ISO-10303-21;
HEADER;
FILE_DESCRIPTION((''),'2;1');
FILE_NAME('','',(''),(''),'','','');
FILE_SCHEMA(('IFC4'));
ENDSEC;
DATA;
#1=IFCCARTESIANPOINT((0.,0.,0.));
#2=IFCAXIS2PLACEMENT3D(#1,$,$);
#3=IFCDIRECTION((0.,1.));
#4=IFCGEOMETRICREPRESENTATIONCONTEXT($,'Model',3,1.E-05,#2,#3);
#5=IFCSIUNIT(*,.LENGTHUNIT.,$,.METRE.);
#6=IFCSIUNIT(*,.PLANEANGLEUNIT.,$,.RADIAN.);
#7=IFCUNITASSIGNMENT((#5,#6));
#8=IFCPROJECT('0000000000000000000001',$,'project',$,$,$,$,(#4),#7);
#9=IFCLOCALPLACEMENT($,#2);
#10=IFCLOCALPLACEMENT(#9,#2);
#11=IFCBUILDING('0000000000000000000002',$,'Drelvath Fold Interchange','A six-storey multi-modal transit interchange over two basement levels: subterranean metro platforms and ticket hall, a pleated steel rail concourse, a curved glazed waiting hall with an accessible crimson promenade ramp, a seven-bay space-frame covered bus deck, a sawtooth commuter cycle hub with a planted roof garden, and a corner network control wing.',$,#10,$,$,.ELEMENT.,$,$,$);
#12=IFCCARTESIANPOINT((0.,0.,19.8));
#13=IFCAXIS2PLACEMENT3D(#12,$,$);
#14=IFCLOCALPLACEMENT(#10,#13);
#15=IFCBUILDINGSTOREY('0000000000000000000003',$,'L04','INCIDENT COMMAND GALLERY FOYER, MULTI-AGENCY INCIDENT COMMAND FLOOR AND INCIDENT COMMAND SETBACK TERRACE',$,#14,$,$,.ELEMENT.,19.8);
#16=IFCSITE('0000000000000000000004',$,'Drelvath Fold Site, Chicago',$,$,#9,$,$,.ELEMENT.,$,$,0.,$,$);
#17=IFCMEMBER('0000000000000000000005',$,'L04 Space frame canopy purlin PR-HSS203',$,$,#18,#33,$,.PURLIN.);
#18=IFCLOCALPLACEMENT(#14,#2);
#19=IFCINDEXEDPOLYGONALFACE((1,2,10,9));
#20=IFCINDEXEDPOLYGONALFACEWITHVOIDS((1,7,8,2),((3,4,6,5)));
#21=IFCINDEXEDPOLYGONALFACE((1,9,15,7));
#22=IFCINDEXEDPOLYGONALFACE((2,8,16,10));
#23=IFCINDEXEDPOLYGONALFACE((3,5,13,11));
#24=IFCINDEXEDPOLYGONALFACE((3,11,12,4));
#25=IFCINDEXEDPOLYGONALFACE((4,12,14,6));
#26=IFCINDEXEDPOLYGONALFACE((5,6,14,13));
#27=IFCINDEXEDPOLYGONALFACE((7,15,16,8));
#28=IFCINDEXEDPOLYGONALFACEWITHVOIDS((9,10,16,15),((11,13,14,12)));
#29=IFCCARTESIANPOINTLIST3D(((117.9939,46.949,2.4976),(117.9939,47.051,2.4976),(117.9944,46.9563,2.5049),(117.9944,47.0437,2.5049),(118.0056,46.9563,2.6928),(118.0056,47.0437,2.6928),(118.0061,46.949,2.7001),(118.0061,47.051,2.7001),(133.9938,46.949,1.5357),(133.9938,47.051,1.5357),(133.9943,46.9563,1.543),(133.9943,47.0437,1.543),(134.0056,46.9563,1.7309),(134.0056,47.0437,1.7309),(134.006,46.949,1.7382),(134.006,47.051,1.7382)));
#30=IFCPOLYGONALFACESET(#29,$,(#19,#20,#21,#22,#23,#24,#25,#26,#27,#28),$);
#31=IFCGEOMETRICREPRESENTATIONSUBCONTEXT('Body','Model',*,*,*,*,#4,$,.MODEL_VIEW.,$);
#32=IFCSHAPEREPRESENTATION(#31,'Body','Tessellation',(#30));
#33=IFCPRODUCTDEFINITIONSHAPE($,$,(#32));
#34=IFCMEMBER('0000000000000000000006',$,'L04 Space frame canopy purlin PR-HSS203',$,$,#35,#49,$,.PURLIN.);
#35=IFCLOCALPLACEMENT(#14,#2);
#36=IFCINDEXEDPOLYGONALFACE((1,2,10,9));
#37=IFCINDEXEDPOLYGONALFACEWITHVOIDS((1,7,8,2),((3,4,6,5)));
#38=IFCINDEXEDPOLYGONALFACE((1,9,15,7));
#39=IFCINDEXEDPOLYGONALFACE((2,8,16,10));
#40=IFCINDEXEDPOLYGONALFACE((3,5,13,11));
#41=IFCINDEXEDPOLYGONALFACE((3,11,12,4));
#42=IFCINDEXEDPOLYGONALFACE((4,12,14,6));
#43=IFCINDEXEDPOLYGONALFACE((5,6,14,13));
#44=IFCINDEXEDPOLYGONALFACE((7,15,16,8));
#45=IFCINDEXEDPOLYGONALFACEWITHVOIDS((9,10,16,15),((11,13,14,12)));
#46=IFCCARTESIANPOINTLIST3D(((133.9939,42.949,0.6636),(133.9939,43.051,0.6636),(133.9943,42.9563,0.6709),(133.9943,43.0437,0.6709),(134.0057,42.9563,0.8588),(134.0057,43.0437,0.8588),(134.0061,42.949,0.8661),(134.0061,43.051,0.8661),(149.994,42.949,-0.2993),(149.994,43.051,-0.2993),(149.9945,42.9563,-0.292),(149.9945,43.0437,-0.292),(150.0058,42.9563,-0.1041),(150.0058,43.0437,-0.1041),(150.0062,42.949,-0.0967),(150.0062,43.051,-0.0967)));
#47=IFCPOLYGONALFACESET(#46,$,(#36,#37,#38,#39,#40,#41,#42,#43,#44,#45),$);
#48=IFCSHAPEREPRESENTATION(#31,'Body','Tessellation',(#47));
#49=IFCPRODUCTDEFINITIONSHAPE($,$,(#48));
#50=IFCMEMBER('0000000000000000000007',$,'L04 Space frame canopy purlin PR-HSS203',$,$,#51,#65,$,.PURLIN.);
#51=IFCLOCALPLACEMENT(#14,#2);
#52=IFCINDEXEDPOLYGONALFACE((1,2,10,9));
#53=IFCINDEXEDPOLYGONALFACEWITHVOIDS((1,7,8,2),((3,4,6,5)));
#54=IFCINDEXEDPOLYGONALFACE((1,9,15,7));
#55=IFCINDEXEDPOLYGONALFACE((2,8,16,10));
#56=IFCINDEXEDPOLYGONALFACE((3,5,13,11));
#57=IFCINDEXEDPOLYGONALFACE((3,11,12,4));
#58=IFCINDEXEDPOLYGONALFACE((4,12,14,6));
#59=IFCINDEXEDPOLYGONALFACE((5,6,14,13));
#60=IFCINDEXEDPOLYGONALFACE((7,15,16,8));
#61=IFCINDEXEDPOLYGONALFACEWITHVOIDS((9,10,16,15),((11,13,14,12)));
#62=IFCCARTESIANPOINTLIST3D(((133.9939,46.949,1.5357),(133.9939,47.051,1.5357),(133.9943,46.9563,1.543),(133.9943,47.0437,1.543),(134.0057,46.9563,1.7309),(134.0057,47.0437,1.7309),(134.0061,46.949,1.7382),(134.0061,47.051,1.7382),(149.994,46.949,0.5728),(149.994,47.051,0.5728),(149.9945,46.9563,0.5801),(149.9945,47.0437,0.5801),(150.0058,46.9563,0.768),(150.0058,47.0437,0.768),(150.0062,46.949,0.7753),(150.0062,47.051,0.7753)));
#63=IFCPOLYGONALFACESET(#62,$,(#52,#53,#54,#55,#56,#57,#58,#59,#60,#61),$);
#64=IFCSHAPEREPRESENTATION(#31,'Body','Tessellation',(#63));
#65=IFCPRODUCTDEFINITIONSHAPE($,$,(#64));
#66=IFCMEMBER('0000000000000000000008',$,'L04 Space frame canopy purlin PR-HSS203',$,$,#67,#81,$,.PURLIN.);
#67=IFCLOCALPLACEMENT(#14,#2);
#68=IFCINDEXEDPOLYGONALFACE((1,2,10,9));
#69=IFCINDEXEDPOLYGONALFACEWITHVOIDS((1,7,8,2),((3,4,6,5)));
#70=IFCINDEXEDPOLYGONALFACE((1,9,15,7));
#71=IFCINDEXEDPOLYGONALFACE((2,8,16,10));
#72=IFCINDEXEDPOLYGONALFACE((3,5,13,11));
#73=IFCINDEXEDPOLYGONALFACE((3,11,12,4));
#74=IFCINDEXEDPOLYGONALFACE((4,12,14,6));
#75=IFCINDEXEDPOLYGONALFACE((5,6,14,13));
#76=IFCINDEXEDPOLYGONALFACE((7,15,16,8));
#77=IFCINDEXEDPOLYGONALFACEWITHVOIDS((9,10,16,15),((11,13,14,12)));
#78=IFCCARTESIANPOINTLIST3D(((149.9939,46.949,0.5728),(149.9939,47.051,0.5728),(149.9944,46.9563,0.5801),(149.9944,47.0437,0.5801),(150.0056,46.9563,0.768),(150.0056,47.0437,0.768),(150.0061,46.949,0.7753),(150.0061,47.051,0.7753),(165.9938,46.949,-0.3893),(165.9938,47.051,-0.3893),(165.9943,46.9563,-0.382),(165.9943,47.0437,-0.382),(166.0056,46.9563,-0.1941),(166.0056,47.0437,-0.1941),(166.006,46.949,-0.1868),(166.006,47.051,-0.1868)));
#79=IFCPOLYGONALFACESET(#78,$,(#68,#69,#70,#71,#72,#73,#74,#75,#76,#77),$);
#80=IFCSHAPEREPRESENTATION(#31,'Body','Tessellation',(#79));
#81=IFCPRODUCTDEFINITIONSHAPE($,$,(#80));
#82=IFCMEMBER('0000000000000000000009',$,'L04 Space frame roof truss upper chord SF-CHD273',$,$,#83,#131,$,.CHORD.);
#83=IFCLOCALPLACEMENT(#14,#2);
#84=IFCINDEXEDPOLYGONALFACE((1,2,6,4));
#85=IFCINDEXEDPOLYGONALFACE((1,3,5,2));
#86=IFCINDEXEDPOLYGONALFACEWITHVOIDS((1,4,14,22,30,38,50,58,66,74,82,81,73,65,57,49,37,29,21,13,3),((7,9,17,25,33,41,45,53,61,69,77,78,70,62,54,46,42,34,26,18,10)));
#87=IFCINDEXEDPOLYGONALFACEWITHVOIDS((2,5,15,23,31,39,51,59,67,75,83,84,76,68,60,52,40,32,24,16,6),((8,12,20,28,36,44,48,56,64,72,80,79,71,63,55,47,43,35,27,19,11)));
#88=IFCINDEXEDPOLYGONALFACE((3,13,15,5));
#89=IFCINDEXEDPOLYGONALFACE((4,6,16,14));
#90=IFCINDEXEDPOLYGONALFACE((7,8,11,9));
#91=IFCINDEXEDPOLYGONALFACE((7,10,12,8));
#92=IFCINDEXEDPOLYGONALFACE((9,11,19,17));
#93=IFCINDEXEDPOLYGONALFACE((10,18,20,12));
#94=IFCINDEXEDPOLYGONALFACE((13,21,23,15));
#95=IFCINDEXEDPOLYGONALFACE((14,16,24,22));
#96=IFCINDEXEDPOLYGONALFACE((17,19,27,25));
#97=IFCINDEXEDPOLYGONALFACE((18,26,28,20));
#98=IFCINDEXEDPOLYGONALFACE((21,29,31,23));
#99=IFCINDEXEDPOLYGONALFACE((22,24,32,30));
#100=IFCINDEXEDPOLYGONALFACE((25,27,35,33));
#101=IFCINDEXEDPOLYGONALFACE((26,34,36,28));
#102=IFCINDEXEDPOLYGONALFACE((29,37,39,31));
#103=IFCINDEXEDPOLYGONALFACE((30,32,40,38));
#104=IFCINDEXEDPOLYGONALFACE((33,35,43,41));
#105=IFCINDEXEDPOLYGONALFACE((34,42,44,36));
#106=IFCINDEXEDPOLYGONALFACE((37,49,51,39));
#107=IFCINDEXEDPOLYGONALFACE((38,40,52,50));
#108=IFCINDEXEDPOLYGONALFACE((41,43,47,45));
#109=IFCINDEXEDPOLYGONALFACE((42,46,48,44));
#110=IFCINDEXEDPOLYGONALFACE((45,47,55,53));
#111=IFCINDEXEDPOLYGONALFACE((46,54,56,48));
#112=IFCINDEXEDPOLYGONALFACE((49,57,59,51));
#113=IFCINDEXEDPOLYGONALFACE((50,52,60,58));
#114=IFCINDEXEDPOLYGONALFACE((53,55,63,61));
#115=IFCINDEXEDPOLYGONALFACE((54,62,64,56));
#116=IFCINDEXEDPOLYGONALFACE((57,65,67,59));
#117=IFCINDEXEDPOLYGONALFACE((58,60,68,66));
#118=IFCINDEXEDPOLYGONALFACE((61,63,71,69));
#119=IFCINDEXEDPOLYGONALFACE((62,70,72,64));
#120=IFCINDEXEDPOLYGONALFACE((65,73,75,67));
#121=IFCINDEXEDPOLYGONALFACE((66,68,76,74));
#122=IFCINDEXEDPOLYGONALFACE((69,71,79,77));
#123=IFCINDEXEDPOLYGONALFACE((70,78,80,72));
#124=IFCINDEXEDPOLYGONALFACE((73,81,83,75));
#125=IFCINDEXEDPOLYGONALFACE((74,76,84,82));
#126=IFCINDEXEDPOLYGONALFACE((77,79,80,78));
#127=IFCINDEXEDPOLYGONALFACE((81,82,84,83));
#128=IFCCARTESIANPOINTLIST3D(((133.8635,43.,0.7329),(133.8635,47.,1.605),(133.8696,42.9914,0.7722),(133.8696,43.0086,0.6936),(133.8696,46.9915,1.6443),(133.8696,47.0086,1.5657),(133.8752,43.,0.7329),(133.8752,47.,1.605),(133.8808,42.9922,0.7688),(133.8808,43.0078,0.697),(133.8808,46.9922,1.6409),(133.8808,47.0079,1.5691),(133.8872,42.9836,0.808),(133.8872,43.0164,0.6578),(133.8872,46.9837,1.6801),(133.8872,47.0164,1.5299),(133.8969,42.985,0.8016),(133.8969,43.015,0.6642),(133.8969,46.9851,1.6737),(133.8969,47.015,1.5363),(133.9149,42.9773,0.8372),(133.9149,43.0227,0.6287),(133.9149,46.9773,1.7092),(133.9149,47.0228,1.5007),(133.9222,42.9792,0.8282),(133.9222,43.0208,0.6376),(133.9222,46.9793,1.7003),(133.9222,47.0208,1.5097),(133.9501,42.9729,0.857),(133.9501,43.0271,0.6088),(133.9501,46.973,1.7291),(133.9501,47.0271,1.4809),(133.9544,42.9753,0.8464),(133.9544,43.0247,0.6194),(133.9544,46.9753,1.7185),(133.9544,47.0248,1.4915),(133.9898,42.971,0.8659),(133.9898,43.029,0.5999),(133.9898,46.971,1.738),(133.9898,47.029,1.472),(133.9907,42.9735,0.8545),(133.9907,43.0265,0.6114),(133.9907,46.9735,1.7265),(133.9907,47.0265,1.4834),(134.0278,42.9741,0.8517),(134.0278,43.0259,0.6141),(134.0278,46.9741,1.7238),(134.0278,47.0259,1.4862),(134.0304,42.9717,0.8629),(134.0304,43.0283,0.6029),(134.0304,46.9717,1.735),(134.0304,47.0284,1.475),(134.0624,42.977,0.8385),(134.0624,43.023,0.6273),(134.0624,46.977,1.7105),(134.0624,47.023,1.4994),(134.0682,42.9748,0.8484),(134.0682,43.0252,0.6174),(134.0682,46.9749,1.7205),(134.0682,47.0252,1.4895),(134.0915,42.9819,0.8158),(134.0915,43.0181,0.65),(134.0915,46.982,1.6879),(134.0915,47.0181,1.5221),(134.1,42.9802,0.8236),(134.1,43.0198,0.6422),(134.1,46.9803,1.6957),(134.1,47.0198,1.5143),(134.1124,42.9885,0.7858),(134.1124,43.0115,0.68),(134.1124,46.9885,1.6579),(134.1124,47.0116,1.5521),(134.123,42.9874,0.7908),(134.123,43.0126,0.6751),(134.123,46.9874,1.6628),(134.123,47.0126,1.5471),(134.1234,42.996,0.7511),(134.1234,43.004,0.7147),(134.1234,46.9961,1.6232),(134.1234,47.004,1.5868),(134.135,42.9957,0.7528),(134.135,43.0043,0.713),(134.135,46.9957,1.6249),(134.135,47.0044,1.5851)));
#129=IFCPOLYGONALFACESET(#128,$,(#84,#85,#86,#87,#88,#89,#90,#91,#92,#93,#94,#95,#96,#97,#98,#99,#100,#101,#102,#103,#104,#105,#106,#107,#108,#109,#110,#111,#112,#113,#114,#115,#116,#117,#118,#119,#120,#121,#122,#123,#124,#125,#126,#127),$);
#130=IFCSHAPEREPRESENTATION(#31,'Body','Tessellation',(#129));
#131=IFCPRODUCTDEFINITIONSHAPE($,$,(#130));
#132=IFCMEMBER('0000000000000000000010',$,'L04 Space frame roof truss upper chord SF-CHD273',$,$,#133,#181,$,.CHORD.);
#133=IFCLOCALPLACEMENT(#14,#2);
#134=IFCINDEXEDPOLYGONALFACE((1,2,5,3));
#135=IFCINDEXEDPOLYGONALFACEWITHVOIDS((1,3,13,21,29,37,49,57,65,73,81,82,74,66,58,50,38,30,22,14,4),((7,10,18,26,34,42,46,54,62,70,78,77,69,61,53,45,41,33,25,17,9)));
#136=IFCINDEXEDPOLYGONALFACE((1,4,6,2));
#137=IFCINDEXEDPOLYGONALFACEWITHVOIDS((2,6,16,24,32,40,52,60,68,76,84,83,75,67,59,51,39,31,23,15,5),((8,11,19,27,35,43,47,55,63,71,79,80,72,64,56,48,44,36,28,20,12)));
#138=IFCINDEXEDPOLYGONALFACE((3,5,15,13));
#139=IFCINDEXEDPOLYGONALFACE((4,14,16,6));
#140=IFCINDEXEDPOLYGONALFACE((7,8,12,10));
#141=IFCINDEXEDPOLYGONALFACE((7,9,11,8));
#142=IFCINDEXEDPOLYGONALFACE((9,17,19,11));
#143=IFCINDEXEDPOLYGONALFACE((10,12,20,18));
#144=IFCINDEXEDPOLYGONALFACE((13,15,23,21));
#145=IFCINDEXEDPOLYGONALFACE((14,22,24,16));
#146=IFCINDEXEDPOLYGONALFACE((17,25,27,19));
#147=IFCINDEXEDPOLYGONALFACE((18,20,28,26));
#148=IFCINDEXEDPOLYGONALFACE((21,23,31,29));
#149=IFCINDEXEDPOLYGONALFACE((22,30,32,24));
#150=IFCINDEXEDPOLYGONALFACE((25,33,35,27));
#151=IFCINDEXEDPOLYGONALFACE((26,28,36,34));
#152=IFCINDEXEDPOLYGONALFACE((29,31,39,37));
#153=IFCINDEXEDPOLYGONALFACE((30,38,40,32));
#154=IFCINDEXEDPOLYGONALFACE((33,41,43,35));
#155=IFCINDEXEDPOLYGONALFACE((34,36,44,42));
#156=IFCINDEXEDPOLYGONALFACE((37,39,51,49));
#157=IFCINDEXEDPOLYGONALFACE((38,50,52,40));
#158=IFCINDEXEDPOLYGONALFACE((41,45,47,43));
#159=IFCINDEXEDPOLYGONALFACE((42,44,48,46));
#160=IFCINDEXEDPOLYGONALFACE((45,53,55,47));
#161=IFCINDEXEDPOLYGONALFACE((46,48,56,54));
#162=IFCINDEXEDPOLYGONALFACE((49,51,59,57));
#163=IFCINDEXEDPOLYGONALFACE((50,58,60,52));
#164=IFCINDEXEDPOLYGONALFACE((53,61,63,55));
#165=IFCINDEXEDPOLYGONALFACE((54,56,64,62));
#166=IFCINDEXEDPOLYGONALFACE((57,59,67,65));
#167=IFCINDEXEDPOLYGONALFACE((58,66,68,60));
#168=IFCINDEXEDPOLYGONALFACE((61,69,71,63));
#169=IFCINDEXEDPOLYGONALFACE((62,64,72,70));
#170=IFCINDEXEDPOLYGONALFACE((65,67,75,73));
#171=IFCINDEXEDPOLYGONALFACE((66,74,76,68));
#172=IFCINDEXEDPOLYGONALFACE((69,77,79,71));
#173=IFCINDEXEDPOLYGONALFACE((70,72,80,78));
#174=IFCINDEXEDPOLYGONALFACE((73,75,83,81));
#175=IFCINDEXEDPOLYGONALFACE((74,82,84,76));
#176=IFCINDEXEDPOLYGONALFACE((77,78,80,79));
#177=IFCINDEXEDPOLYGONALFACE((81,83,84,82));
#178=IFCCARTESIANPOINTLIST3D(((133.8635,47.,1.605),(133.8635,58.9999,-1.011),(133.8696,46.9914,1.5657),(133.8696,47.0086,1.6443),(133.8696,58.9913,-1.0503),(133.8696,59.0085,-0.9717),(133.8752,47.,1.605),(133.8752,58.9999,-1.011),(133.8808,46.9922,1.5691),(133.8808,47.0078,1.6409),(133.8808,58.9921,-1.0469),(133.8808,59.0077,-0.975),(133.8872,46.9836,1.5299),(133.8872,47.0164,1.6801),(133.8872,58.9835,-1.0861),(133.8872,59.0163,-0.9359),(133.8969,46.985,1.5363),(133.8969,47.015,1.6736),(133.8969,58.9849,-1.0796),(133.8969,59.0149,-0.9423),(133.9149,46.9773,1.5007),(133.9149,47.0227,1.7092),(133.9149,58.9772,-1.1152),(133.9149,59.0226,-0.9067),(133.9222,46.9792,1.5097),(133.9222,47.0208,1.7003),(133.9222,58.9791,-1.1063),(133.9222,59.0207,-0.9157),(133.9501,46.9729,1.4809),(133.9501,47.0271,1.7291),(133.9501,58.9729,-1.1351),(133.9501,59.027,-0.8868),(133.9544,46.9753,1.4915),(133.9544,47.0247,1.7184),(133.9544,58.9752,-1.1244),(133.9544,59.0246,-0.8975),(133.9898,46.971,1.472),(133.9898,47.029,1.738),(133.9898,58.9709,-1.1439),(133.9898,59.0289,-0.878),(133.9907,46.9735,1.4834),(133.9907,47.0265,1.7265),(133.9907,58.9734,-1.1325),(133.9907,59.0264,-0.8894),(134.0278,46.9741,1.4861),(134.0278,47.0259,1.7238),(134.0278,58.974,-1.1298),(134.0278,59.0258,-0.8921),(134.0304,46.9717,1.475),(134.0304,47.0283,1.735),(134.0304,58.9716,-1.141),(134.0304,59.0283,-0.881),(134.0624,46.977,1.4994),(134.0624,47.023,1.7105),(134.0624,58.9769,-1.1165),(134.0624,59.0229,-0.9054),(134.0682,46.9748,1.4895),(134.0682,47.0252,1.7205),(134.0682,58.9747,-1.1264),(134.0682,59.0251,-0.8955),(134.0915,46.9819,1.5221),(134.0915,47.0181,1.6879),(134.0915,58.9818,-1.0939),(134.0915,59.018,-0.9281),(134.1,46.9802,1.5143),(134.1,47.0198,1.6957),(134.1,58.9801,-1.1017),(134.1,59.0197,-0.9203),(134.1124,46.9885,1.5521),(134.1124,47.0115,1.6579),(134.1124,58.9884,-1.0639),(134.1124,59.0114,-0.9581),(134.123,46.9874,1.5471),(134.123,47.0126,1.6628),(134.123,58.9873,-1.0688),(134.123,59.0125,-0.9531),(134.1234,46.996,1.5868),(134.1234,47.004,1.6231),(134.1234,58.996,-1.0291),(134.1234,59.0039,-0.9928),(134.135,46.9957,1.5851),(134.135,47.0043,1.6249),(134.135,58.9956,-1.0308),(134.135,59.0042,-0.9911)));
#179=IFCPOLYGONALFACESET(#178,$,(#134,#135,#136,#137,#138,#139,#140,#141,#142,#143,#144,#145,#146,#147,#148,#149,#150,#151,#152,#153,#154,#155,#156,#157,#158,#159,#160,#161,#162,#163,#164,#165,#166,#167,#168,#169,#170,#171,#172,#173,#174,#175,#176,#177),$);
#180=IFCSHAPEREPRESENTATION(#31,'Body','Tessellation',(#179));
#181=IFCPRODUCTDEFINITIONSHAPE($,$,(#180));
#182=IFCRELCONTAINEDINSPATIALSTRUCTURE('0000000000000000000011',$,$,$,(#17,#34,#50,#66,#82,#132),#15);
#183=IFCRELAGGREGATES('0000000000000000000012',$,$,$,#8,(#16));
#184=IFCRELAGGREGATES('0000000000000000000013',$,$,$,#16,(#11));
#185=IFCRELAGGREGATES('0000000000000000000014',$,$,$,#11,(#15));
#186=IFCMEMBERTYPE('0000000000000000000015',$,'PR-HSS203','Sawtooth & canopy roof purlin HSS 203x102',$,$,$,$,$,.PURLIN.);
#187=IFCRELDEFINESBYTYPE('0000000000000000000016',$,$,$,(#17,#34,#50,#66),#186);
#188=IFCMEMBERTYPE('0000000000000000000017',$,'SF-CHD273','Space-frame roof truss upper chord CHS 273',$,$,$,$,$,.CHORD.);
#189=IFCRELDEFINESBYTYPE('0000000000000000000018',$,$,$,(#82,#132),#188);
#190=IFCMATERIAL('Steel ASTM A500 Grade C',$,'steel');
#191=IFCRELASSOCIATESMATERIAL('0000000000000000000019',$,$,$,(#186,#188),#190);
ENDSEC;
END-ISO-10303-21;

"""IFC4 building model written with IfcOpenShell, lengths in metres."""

from ifc_helpers import new_model, si_unit, direction, frame, origin, origin_2d, place, context, subcontext, project, spatial, hollow_rectangle, hollow_circle, extrude, material, material_profile, profile_set, type_object, element, save


model = new_model("IFC4")

# Units and contexts
model_context = context("Model", 3, precision=1e-05, world=origin(), true_north=direction((0.0, 1.0)))
body_context = subcontext(model_context, "Body", "Model", "MODEL_VIEW")
ifc_project = project(units=[si_unit("LENGTHUNIT", "METRE"), si_unit("PLANEANGLEUNIT", "RADIAN")], contexts=[model_context])

# Site, building, storey
site_placement = place(None, origin())
site = spatial("IfcSite", under=ifc_project, at=site_placement, Name="Drelvath Fold Site, Chicago", CompositionType="ELEMENT", RefElevation=0.0)
building_placement = place(site_placement, origin())
building = spatial("IfcBuilding", under=site, at=building_placement, Name="Drelvath Fold Interchange", Description="A six-storey multi-modal transit interchange over two basement levels: subterranean metro platforms and ticket hall, a pleated steel rail concourse, a curved glazed waiting hall with an accessible crimson promenade ramp, a seven-bay space-frame covered bus deck, a sawtooth commuter cycle hub with a planted roof garden, and a corner network control wing.", CompositionType="ELEMENT")
storey_placement = place(building_placement, frame((0.0, 0.0, 19.8)))
storey = spatial("IfcBuildingStorey", under=building, at=storey_placement, Name="L04", Description="INCIDENT COMMAND GALLERY FOYER, MULTI-AGENCY INCIDENT COMMAND FLOOR AND INCIDENT COMMAND SETBACK TERRACE", CompositionType="ELEMENT", Elevation=19.8)

# Members
ifc_material_1 = material(Name="Steel ASTM A500 Grade C", Category="steel")
ifc_material_profile_1 = material_profile(ifc_material_1, hollow_rectangle(XDim=0.1021, YDim=0.2029, WallThickness=0.0073, at=origin_2d()), Name="HSS8X4X5/16")
ifc_profile_set_1 = profile_set([ifc_material_profile_1], Name="Steel ASTM A500 Grade C")
member_type_1 = type_object("IfcMemberType", Name="PR-HSS203", Description="Sawtooth & canopy roof purlin HSS 203x102", PredefinedType="PURLIN", material=ifc_profile_set_1)
member_1_placement = place(storey_placement, frame((118.0, 47.0, 2.5989), z_axis=(0.998198, 0.0, -0.060011), x_axis=(0.0, 1.0, 0.0)))
element("IfcMember", 1, at=member_1_placement, inside=storey, type_object=member_type_1, Name="L04 Space frame canopy purlin PR-HSS203", PredefinedType="PURLIN", context=body_context, shape_type="SweptSolid", body=[
    extrude(hollow_rectangle(XDim=0.1021, YDim=0.2029, WallThickness=0.0073, at=origin_2d()), origin(), (0.0, 0.0, 1.0), 16.0288),
])
for number, where, z_axis, x_axis, name in (
    (2, (134.0, 43.0, 0.7649), (0.998194, 0.0, -0.060072), (0.0, 1.0, 0.0), "L04 Space frame canopy purlin PR-HSS203"),
    (3, (134.0, 47.0, 1.637), (0.998194, 0.0, -0.060072), (0.0, 1.0, 0.0), "L04 Space frame canopy purlin PR-HSS203"),
):
    element("IfcMember", number, at=place(storey_placement, frame(where, z_axis=z_axis, x_axis=x_axis)), inside=storey, type_object=member_type_1, Name=name, PredefinedType="PURLIN", context=body_context, shape_type="SweptSolid", body=[
        extrude(hollow_rectangle(XDim=0.1021, YDim=0.2029, WallThickness=0.0073, at=origin_2d()), origin(), (0.0, 0.0, 1.0), 16.0291),
    ])
member_2_placement = place(storey_placement, frame((150.0, 47.0, 0.6741), z_axis=(0.998197, 0.0, -0.060026), x_axis=(0.0, 1.0, 0.0)))
element("IfcMember", 4, at=member_2_placement, inside=storey, type_object=member_type_1, Name="L04 Space frame canopy purlin PR-HSS203", PredefinedType="PURLIN", context=body_context, shape_type="SweptSolid", body=[
    extrude(hollow_rectangle(XDim=0.1021, YDim=0.2029, WallThickness=0.0073, at=origin_2d()), origin(), (0.0, 0.0, 1.0), 16.0288),
])
ifc_material_profile_2 = material_profile(ifc_material_1, hollow_circle(Radius=0.1365, WallThickness=0.0117, at=origin_2d()), Name="HSS10.750X0.500")
ifc_profile_set_2 = profile_set([ifc_material_profile_2], Name="Steel ASTM A500 Grade C")
member_type_2 = type_object("IfcMemberType", Name="SF-CHD273", Description="Space-frame roof truss upper chord CHS 273", PredefinedType="CHORD", material=ifc_profile_set_2)
member_3_placement = place(storey_placement, frame((134.0, 43.0, 0.7329), z_axis=(0.0, 0.977049, 0.213014), x_axis=(-1.0, 0.0, 0.0)))
element("IfcMember", 5, at=member_3_placement, inside=storey, type_object=member_type_2, Name="L04 Space frame roof truss upper chord SF-CHD273", PredefinedType="CHORD", context=body_context, shape_type="SweptSolid", body=[
    extrude(hollow_circle(Radius=0.1365, WallThickness=0.0117, at=origin_2d()), origin(), (0.0, 0.0, 1.0), 4.094),
])
member_4_placement = place(storey_placement, frame((134.0, 47.0, 1.605), z_axis=(0.0, 0.977053, -0.212995), x_axis=(-1.0, 0.0, 0.0)))
element("IfcMember", 6, at=member_4_placement, inside=storey, type_object=member_type_2, Name="L04 Space frame roof truss upper chord SF-CHD273", PredefinedType="CHORD", context=body_context, shape_type="SweptSolid", body=[
    extrude(hollow_circle(Radius=0.1365, WallThickness=0.0117, at=origin_2d()), origin(), (0.0, 0.0, 1.0), 12.2817),
])

save(model, "model.ifc")
